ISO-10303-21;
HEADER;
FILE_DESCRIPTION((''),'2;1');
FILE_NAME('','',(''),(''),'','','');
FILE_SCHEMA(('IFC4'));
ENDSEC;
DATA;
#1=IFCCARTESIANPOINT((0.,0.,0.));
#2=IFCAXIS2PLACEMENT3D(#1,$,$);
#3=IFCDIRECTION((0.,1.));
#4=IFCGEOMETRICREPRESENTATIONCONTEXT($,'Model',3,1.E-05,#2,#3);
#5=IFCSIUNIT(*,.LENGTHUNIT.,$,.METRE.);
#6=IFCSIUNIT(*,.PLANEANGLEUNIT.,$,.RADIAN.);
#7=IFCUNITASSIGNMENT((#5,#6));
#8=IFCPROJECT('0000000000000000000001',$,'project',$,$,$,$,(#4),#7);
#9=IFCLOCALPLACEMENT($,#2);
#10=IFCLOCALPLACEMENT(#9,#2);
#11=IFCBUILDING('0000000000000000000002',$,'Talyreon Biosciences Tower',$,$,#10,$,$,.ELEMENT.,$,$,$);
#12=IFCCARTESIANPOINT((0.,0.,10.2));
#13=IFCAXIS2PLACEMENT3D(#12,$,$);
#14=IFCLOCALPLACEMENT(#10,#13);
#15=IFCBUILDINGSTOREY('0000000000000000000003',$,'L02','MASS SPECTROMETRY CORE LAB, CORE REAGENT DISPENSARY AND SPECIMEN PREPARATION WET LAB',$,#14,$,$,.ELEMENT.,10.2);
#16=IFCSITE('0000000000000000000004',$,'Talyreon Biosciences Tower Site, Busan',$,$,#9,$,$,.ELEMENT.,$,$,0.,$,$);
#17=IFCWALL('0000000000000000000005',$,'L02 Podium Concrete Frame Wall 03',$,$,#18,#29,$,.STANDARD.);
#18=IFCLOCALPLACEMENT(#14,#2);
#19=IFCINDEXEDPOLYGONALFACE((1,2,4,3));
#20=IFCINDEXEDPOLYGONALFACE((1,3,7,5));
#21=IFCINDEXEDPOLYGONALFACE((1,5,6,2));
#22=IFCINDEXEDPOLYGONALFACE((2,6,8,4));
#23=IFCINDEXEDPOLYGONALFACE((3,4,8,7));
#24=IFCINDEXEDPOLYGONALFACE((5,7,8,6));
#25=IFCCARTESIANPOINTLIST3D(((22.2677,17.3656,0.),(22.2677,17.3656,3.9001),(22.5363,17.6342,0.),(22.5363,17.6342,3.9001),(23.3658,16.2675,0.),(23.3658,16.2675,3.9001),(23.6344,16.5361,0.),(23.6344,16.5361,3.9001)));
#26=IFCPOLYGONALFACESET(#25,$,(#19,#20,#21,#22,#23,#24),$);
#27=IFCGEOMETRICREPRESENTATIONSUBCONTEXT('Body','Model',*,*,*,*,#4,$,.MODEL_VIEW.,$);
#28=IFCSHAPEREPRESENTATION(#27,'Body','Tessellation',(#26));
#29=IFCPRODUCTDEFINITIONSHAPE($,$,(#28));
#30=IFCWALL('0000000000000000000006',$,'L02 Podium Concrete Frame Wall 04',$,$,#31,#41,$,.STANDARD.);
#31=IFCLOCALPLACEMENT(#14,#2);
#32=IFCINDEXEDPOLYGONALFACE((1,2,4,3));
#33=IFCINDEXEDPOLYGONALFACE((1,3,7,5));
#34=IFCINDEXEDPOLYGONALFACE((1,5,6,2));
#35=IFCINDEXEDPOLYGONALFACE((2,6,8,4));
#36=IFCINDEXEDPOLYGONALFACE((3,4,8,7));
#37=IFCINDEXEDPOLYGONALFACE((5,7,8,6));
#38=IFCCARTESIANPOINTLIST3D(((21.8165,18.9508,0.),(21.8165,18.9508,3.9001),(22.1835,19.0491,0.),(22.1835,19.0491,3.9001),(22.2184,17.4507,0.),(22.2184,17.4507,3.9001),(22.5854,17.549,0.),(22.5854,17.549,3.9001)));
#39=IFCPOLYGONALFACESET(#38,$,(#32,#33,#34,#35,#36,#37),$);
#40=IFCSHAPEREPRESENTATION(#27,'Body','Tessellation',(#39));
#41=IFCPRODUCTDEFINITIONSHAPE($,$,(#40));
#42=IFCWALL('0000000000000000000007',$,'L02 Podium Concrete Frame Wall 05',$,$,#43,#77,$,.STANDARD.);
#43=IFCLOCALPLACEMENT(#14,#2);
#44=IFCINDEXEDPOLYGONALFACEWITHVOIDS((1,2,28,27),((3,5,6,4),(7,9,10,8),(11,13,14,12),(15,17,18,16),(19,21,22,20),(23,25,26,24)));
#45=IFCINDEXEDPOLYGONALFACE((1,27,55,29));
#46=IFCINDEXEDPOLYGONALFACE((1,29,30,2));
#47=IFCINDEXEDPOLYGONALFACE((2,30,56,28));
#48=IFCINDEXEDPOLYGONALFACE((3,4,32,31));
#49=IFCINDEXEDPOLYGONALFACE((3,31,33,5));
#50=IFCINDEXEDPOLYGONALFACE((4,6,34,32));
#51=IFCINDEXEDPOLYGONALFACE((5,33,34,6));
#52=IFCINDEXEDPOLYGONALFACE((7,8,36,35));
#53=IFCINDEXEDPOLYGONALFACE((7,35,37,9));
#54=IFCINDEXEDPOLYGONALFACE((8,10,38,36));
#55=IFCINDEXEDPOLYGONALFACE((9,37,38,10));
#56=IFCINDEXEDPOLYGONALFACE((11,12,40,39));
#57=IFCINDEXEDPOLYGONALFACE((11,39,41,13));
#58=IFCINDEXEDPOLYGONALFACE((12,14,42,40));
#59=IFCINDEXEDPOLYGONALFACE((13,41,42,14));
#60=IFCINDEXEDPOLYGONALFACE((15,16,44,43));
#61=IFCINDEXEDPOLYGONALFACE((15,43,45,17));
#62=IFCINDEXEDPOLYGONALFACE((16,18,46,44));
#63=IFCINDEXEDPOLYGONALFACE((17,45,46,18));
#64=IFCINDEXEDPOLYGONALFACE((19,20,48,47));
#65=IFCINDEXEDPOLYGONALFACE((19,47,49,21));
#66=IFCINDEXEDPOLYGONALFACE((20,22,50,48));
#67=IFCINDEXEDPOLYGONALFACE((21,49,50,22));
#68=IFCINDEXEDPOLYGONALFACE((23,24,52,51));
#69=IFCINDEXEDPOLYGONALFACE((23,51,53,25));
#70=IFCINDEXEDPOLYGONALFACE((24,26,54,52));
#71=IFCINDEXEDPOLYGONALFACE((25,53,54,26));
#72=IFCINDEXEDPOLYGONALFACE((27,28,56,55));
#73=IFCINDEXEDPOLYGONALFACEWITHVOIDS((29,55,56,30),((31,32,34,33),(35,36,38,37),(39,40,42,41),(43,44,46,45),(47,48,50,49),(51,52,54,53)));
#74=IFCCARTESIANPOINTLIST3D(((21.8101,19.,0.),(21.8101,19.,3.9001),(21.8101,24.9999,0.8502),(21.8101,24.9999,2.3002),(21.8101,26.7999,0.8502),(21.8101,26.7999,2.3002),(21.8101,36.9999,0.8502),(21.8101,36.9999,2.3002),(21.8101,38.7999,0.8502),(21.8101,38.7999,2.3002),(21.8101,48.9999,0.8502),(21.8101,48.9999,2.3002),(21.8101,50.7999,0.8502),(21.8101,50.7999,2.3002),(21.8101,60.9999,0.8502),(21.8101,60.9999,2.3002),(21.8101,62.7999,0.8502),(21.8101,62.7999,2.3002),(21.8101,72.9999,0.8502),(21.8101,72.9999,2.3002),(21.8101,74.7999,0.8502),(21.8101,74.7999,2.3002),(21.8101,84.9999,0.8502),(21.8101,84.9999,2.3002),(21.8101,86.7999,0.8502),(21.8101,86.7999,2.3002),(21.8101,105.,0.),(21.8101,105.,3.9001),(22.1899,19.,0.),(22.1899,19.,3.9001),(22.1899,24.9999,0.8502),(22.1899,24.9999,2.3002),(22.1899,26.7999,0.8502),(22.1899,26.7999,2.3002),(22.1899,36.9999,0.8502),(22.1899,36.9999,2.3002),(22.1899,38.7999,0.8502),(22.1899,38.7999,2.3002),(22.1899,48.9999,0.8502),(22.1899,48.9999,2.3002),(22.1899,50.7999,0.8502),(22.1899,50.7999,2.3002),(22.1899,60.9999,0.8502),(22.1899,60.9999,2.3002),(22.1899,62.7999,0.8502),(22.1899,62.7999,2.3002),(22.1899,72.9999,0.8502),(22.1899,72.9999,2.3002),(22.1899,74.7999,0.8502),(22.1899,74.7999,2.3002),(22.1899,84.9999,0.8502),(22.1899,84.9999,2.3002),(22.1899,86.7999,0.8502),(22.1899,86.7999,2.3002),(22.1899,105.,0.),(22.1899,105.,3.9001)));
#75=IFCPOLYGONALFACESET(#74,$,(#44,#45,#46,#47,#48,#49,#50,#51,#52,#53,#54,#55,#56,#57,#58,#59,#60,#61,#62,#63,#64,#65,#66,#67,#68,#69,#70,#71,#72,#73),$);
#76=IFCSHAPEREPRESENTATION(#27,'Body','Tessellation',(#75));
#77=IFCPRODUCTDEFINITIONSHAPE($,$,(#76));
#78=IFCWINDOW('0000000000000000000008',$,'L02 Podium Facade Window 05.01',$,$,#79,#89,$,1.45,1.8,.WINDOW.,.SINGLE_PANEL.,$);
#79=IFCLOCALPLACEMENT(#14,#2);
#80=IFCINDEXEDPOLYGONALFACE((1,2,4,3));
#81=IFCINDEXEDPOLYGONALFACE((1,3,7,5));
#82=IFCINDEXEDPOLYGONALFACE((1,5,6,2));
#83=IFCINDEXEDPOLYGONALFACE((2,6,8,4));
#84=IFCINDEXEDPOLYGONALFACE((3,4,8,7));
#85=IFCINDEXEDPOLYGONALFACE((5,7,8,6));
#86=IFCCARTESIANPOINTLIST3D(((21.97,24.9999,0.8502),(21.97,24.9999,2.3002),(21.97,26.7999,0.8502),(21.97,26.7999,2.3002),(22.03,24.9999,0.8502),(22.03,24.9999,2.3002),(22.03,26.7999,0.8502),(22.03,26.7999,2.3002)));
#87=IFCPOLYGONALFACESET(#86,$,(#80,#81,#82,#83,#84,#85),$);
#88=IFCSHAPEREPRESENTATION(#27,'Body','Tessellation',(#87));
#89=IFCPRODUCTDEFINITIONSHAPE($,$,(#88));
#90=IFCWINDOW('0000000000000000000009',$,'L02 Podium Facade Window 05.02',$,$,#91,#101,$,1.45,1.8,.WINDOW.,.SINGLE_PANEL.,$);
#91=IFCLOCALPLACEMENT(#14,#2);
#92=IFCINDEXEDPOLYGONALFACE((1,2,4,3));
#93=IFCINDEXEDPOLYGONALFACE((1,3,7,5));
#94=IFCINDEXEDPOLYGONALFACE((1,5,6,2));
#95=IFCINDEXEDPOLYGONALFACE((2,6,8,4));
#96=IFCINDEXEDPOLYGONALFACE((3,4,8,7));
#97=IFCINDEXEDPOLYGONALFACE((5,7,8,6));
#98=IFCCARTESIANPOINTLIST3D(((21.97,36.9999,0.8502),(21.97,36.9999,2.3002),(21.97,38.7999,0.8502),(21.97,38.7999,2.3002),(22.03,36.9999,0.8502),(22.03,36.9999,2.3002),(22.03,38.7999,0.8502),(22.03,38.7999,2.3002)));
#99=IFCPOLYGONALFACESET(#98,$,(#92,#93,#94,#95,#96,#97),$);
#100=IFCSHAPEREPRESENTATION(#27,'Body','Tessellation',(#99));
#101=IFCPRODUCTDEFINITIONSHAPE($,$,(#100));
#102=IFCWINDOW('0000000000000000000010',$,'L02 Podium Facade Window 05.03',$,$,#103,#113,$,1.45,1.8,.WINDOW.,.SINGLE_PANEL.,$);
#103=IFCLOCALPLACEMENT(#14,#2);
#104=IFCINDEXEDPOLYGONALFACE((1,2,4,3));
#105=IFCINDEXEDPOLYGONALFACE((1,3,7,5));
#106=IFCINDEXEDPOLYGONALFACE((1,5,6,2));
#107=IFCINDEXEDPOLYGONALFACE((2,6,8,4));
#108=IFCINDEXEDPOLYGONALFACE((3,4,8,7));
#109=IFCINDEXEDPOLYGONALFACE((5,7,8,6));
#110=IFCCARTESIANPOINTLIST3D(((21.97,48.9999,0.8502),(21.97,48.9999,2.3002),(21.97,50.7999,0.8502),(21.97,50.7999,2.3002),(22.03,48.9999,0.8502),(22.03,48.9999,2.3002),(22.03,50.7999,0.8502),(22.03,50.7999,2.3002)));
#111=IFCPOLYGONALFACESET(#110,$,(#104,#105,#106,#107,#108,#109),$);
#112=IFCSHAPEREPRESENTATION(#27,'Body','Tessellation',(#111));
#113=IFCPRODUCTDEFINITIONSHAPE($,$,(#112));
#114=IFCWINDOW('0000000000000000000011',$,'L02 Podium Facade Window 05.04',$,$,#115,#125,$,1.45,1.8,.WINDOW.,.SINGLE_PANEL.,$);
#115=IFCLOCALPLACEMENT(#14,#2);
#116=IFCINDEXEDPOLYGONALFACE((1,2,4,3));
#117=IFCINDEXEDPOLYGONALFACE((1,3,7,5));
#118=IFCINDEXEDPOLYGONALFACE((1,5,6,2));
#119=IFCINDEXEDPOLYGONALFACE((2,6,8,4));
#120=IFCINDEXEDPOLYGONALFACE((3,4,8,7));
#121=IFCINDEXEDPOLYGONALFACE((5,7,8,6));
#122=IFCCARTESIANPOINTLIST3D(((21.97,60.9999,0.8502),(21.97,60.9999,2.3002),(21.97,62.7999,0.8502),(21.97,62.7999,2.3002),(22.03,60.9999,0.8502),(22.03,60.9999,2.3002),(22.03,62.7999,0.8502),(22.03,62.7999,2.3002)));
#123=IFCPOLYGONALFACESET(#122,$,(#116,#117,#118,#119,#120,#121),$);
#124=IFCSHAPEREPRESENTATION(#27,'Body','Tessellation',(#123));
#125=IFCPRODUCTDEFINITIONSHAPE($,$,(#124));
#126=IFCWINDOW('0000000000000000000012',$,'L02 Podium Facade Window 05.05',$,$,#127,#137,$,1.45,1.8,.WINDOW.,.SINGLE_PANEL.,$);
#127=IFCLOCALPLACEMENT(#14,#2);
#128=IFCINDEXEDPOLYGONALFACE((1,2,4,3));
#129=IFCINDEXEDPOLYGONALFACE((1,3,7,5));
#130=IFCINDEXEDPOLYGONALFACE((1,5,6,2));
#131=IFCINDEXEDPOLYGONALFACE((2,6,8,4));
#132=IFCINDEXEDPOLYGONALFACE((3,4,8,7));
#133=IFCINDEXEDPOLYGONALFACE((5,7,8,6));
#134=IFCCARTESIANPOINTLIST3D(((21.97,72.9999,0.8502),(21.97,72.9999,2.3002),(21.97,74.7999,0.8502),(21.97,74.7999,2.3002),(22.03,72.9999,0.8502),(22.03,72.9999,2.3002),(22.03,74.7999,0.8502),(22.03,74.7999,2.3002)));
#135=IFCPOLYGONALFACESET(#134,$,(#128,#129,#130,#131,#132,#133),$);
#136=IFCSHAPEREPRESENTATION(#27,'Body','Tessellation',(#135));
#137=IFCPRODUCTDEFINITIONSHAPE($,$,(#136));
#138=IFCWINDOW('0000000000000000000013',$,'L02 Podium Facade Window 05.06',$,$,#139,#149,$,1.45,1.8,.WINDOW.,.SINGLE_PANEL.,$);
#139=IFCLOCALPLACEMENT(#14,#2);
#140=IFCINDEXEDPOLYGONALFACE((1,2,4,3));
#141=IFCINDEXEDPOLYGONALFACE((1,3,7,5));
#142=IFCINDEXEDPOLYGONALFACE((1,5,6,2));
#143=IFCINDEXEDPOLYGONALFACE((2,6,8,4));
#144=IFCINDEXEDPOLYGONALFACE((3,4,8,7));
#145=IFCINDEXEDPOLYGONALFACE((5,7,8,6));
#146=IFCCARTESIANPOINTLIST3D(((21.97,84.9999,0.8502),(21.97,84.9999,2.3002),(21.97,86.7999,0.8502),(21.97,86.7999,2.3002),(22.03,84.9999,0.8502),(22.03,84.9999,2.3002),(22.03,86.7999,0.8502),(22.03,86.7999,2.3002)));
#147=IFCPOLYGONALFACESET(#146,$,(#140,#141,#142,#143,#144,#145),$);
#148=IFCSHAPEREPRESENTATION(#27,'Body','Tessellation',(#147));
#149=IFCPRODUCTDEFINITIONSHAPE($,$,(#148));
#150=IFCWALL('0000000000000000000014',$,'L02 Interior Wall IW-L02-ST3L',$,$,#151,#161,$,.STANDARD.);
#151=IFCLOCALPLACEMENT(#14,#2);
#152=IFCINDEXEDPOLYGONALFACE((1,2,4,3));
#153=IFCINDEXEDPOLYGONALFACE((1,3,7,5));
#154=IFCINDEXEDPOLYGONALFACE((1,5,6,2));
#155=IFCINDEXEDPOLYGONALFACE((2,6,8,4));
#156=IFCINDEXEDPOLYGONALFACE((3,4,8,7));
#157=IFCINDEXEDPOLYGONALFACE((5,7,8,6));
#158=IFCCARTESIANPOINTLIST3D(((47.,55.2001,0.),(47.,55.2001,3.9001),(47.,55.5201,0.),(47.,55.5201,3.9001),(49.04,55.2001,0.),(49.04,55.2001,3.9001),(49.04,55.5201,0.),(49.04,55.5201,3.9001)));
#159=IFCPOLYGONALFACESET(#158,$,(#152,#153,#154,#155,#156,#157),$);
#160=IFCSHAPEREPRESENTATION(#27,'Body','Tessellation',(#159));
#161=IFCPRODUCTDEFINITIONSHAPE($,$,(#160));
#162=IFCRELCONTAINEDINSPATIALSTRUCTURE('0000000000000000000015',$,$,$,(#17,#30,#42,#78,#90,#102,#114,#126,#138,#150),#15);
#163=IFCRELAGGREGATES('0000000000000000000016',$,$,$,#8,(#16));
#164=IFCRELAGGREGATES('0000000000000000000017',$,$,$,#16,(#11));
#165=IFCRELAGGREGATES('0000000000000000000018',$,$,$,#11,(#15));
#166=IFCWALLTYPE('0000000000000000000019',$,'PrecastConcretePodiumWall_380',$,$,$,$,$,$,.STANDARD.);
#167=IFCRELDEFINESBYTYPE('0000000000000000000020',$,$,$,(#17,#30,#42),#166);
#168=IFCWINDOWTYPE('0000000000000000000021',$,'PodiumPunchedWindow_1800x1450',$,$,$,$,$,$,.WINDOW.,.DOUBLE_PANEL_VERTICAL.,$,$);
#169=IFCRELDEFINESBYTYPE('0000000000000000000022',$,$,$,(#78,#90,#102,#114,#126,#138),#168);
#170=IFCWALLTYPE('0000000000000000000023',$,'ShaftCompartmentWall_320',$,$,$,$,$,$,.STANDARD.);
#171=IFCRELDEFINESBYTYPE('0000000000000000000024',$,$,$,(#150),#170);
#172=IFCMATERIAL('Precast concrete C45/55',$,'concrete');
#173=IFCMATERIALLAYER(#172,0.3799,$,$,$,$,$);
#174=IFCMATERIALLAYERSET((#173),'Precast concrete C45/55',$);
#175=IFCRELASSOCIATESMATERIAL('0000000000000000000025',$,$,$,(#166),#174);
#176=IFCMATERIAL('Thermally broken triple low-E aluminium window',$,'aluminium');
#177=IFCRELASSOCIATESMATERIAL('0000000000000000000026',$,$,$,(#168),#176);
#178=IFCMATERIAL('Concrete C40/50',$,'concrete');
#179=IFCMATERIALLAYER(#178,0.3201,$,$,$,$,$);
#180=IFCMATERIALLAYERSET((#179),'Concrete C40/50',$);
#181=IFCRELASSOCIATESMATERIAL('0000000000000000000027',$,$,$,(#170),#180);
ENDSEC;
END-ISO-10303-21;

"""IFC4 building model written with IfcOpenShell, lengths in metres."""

from ifc_helpers import new_model, si_unit, direction, frame, frame_2d, origin, place, context, subcontext, project, spatial, rectangle, extrude, material, layer, layer_set, type_object, element, fill, save


model = new_model("IFC4")

# Units and contexts
model_context = context("Model", 3, precision=1e-05, world=origin(), true_north=direction((0.0, 1.0)))
body_context = subcontext(model_context, "Body", "Model", "MODEL_VIEW")
ifc_project = project(units=[si_unit("LENGTHUNIT", "METRE"), si_unit("PLANEANGLEUNIT", "RADIAN")], contexts=[model_context])

# Site, building, storey
site_placement = place(None, origin())
site = spatial("IfcSite", under=ifc_project, at=site_placement, Name="Talyreon Biosciences Tower Site, Busan", CompositionType="ELEMENT", RefElevation=0.0)
building_placement = place(site_placement, origin())
building = spatial("IfcBuilding", under=site, at=building_placement, Name="Talyreon Biosciences Tower", CompositionType="ELEMENT")
storey_placement = place(building_placement, frame((0.0, 0.0, 10.2)))
storey = spatial("IfcBuildingStorey", under=building, at=storey_placement, Name="L02", Description="MASS SPECTROMETRY CORE LAB, CORE REAGENT DISPENSARY AND SPECIMEN PREPARATION WET LAB", CompositionType="ELEMENT", Elevation=10.2)

# Shared definitions
ifc_material_1 = material(Name="Concrete C40/50", Category="concrete")

# Walls
ifc_material_2 = material(Name="Precast concrete C45/55", Category="concrete")
ifc_layer_1 = layer(ifc_material_2, 0.3799)
ifc_layer_set_1 = layer_set([ifc_layer_1], Name="Precast concrete C45/55")
wall_type_1 = type_object("IfcWallType", Name="PrecastConcretePodiumWall_380", PredefinedType="STANDARD", material=ifc_layer_set_1)
for number, where, z_axis, x_axis, name in (
    (1, (23.5, 16.4019, 0.0), (0.0, 0.0, 1.0), (-0.707107, 0.707107, 0.0), "L02 Podium Concrete Frame Wall 03"),
    (2, (22.4019, 17.5, 0.0), (0.0, 0.0, 1.0), (-0.258778, 0.965937, 0.0), "L02 Podium Concrete Frame Wall 04"),
):
    element("IfcWall", number, at=place(storey_placement, frame(where, z_axis=z_axis, x_axis=x_axis)), inside=storey, type_object=wall_type_1, Name=name, PredefinedType="STANDARD", context=body_context, shape_type="SweptSolid", body=[
        extrude(rectangle(XDim=1.553, YDim=0.3799, at=frame_2d((0.7764, 0.0))), origin(), (0.0, 0.0, 1.0), 3.9001),
    ])

# Wall, openings, windows
wall_1_placement = place(storey_placement, frame((22.0, 19.0, 0.0), z_axis=(0.0, 0.0, 1.0), x_axis=(0.0, 1.0, 0.0)))
wall_1 = element("IfcWall", 3, at=wall_1_placement, inside=storey, type_object=wall_type_1, Name="L02 Podium Concrete Frame Wall 05", PredefinedType="STANDARD", context=body_context, shape_type="SweptSolid", body=[
    extrude(rectangle(XDim=86.0, YDim=0.3799, at=frame_2d((43.0, 0.0))), origin(), (0.0, 0.0, 1.0), 3.9001),
])
opening_1_placement = place(wall_1_placement, frame((6.0, 0.0, 0.8501)))
opening_1 = element("IfcOpeningElement", 4, at=opening_1_placement, cuts=wall_1, PredefinedType="OPENING", context=body_context, shape_type="SweptSolid", body=[
    extrude(rectangle(XDim=1.8, YDim=1.45, at=frame_2d((0.8999, 0.7251))), frame((0.0, 0.2, 0.0), z_axis=(0.0, -1.0, 0.0), x_axis=(1.0, 0.0, 0.0)), (0.0, 0.0, 1.0), 0.3999),
])
opening_2_placement = place(wall_1_placement, frame((18.0, 0.0, 0.8501)))
opening_2 = element("IfcOpeningElement", 5, at=opening_2_placement, cuts=wall_1, PredefinedType="OPENING", context=body_context, shape_type="SweptSolid", body=[
    extrude(rectangle(XDim=1.8, YDim=1.45, at=frame_2d((0.8999, 0.7251))), frame((0.0, 0.2, 0.0), z_axis=(0.0, -1.0, 0.0), x_axis=(1.0, 0.0, 0.0)), (0.0, 0.0, 1.0), 0.3999),
])
opening_3_placement = place(wall_1_placement, frame((30.0, 0.0, 0.8501)))
opening_3 = element("IfcOpeningElement", 6, at=opening_3_placement, cuts=wall_1, PredefinedType="OPENING", context=body_context, shape_type="SweptSolid", body=[
    extrude(rectangle(XDim=1.8, YDim=1.45, at=frame_2d((0.8999, 0.7251))), frame((0.0, 0.2, 0.0), z_axis=(0.0, -1.0, 0.0), x_axis=(1.0, 0.0, 0.0)), (0.0, 0.0, 1.0), 0.3999),
])
opening_4_placement = place(wall_1_placement, frame((42.0, 0.0, 0.8501)))
opening_4 = element("IfcOpeningElement", 7, at=opening_4_placement, cuts=wall_1, PredefinedType="OPENING", context=body_context, shape_type="SweptSolid", body=[
    extrude(rectangle(XDim=1.8, YDim=1.45, at=frame_2d((0.8999, 0.7251))), frame((0.0, 0.2, 0.0), z_axis=(0.0, -1.0, 0.0), x_axis=(1.0, 0.0, 0.0)), (0.0, 0.0, 1.0), 0.3999),
])
opening_5_placement = place(wall_1_placement, frame((54.0, 0.0, 0.8501)))
opening_5 = element("IfcOpeningElement", 8, at=opening_5_placement, cuts=wall_1, PredefinedType="OPENING", context=body_context, shape_type="SweptSolid", body=[
    extrude(rectangle(XDim=1.8, YDim=1.45, at=frame_2d((0.8999, 0.7251))), frame((0.0, 0.2, 0.0), z_axis=(0.0, -1.0, 0.0), x_axis=(1.0, 0.0, 0.0)), (0.0, 0.0, 1.0), 0.3999),
])
opening_6_placement = place(wall_1_placement, frame((66.0, 0.0, 0.8501)))
opening_6 = element("IfcOpeningElement", 9, at=opening_6_placement, cuts=wall_1, PredefinedType="OPENING", context=body_context, shape_type="SweptSolid", body=[
    extrude(rectangle(XDim=1.8, YDim=1.45, at=frame_2d((0.8999, 0.7251))), frame((0.0, 0.2, 0.0), z_axis=(0.0, -1.0, 0.0), x_axis=(1.0, 0.0, 0.0)), (0.0, 0.0, 1.0), 0.3999),
])
ifc_material_3 = material(Name="Thermally broken triple low-E aluminium window", Category="aluminium")
window_type = type_object("IfcWindowType", Name="PodiumPunchedWindow_1800x1450", PartitioningType="DOUBLE_PANEL_VERTICAL", PredefinedType="WINDOW", material=ifc_material_3)
window_1_placement = place(opening_1_placement, origin())
window_1 = element("IfcWindow", 10, at=window_1_placement, inside=storey, type_object=window_type, Name="L02 Podium Facade Window 05.01", OverallHeight=1.45, OverallWidth=1.8, PartitioningType="SINGLE_PANEL", PredefinedType="WINDOW", context=body_context, shape_type="SweptSolid", body=[
    extrude(rectangle(XDim=1.8, YDim=1.45, at=frame_2d((0.8999, 0.7251))), frame((0.0, 0.03, 0.0), z_axis=(0.0, -1.0, 0.0), x_axis=(1.0, 0.0, 0.0)), (0.0, 0.0, 1.0), 0.0601),
])
fill(opening_1, window_1)
window_2_placement = place(opening_2_placement, origin())
window_2 = element("IfcWindow", 11, at=window_2_placement, inside=storey, type_object=window_type, Name="L02 Podium Facade Window 05.02", OverallHeight=1.45, OverallWidth=1.8, PartitioningType="SINGLE_PANEL", PredefinedType="WINDOW", context=body_context, shape_type="SweptSolid", body=[
    extrude(rectangle(XDim=1.8, YDim=1.45, at=frame_2d((0.8999, 0.7251))), frame((0.0, 0.03, 0.0), z_axis=(0.0, -1.0, 0.0), x_axis=(1.0, 0.0, 0.0)), (0.0, 0.0, 1.0), 0.0601),
])
fill(opening_2, window_2)
window_3_placement = place(opening_3_placement, origin())
window_3 = element("IfcWindow", 12, at=window_3_placement, inside=storey, type_object=window_type, Name="L02 Podium Facade Window 05.03", OverallHeight=1.45, OverallWidth=1.8, PartitioningType="SINGLE_PANEL", PredefinedType="WINDOW", context=body_context, shape_type="SweptSolid", body=[
    extrude(rectangle(XDim=1.8, YDim=1.45, at=frame_2d((0.8999, 0.7251))), frame((0.0, 0.03, 0.0), z_axis=(0.0, -1.0, 0.0), x_axis=(1.0, 0.0, 0.0)), (0.0, 0.0, 1.0), 0.0601),
])
fill(opening_3, window_3)
window_4_placement = place(opening_4_placement, origin())
window_4 = element("IfcWindow", 13, at=window_4_placement, inside=storey, type_object=window_type, Name="L02 Podium Facade Window 05.04", OverallHeight=1.45, OverallWidth=1.8, PartitioningType="SINGLE_PANEL", PredefinedType="WINDOW", context=body_context, shape_type="SweptSolid", body=[
    extrude(rectangle(XDim=1.8, YDim=1.45, at=frame_2d((0.8999, 0.7251))), frame((0.0, 0.03, 0.0), z_axis=(0.0, -1.0, 0.0), x_axis=(1.0, 0.0, 0.0)), (0.0, 0.0, 1.0), 0.0601),
])
fill(opening_4, window_4)
window_5_placement = place(opening_5_placement, origin())
window_5 = element("IfcWindow", 14, at=window_5_placement, inside=storey, type_object=window_type, Name="L02 Podium Facade Window 05.05", OverallHeight=1.45, OverallWidth=1.8, PartitioningType="SINGLE_PANEL", PredefinedType="WINDOW", context=body_context, shape_type="SweptSolid", body=[
    extrude(rectangle(XDim=1.8, YDim=1.45, at=frame_2d((0.8999, 0.7251))), frame((0.0, 0.03, 0.0), z_axis=(0.0, -1.0, 0.0), x_axis=(1.0, 0.0, 0.0)), (0.0, 0.0, 1.0), 0.0601),
])
fill(opening_5, window_5)
window_6_placement = place(opening_6_placement, origin())
window_6 = element("IfcWindow", 15, at=window_6_placement, inside=storey, type_object=window_type, Name="L02 Podium Facade Window 05.06", OverallHeight=1.45, OverallWidth=1.8, PartitioningType="SINGLE_PANEL", PredefinedType="WINDOW", context=body_context, shape_type="SweptSolid", body=[
    extrude(rectangle(XDim=1.8, YDim=1.45, at=frame_2d((0.8999, 0.7251))), frame((0.0, 0.03, 0.0), z_axis=(0.0, -1.0, 0.0), x_axis=(1.0, 0.0, 0.0)), (0.0, 0.0, 1.0), 0.0601),
])
fill(opening_6, window_6)

# Wall
ifc_layer_2 = layer(ifc_material_1, 0.3201)
ifc_layer_set_2 = layer_set([ifc_layer_2], Name="Concrete C40/50")
wall_type_2 = type_object("IfcWallType", Name="ShaftCompartmentWall_320", PredefinedType="STANDARD", material=ifc_layer_set_2)
wall_2_placement = place(storey_placement, frame((47.0, 55.3601, 0.0), z_axis=(0.0, 0.0, 1.0), x_axis=(1.0, 0.0, 0.0)))
element("IfcWall", 16, at=wall_2_placement, inside=storey, type_object=wall_type_2, Name="L02 Interior Wall IW-L02-ST3L", PredefinedType="STANDARD", context=body_context, shape_type="SweptSolid", body=[
    extrude(rectangle(XDim=2.04, YDim=0.3201, at=frame_2d((1.02, 0.0))), origin(), (0.0, 0.0, 1.0), 3.9001),
])

save(model, "model.ifc")
